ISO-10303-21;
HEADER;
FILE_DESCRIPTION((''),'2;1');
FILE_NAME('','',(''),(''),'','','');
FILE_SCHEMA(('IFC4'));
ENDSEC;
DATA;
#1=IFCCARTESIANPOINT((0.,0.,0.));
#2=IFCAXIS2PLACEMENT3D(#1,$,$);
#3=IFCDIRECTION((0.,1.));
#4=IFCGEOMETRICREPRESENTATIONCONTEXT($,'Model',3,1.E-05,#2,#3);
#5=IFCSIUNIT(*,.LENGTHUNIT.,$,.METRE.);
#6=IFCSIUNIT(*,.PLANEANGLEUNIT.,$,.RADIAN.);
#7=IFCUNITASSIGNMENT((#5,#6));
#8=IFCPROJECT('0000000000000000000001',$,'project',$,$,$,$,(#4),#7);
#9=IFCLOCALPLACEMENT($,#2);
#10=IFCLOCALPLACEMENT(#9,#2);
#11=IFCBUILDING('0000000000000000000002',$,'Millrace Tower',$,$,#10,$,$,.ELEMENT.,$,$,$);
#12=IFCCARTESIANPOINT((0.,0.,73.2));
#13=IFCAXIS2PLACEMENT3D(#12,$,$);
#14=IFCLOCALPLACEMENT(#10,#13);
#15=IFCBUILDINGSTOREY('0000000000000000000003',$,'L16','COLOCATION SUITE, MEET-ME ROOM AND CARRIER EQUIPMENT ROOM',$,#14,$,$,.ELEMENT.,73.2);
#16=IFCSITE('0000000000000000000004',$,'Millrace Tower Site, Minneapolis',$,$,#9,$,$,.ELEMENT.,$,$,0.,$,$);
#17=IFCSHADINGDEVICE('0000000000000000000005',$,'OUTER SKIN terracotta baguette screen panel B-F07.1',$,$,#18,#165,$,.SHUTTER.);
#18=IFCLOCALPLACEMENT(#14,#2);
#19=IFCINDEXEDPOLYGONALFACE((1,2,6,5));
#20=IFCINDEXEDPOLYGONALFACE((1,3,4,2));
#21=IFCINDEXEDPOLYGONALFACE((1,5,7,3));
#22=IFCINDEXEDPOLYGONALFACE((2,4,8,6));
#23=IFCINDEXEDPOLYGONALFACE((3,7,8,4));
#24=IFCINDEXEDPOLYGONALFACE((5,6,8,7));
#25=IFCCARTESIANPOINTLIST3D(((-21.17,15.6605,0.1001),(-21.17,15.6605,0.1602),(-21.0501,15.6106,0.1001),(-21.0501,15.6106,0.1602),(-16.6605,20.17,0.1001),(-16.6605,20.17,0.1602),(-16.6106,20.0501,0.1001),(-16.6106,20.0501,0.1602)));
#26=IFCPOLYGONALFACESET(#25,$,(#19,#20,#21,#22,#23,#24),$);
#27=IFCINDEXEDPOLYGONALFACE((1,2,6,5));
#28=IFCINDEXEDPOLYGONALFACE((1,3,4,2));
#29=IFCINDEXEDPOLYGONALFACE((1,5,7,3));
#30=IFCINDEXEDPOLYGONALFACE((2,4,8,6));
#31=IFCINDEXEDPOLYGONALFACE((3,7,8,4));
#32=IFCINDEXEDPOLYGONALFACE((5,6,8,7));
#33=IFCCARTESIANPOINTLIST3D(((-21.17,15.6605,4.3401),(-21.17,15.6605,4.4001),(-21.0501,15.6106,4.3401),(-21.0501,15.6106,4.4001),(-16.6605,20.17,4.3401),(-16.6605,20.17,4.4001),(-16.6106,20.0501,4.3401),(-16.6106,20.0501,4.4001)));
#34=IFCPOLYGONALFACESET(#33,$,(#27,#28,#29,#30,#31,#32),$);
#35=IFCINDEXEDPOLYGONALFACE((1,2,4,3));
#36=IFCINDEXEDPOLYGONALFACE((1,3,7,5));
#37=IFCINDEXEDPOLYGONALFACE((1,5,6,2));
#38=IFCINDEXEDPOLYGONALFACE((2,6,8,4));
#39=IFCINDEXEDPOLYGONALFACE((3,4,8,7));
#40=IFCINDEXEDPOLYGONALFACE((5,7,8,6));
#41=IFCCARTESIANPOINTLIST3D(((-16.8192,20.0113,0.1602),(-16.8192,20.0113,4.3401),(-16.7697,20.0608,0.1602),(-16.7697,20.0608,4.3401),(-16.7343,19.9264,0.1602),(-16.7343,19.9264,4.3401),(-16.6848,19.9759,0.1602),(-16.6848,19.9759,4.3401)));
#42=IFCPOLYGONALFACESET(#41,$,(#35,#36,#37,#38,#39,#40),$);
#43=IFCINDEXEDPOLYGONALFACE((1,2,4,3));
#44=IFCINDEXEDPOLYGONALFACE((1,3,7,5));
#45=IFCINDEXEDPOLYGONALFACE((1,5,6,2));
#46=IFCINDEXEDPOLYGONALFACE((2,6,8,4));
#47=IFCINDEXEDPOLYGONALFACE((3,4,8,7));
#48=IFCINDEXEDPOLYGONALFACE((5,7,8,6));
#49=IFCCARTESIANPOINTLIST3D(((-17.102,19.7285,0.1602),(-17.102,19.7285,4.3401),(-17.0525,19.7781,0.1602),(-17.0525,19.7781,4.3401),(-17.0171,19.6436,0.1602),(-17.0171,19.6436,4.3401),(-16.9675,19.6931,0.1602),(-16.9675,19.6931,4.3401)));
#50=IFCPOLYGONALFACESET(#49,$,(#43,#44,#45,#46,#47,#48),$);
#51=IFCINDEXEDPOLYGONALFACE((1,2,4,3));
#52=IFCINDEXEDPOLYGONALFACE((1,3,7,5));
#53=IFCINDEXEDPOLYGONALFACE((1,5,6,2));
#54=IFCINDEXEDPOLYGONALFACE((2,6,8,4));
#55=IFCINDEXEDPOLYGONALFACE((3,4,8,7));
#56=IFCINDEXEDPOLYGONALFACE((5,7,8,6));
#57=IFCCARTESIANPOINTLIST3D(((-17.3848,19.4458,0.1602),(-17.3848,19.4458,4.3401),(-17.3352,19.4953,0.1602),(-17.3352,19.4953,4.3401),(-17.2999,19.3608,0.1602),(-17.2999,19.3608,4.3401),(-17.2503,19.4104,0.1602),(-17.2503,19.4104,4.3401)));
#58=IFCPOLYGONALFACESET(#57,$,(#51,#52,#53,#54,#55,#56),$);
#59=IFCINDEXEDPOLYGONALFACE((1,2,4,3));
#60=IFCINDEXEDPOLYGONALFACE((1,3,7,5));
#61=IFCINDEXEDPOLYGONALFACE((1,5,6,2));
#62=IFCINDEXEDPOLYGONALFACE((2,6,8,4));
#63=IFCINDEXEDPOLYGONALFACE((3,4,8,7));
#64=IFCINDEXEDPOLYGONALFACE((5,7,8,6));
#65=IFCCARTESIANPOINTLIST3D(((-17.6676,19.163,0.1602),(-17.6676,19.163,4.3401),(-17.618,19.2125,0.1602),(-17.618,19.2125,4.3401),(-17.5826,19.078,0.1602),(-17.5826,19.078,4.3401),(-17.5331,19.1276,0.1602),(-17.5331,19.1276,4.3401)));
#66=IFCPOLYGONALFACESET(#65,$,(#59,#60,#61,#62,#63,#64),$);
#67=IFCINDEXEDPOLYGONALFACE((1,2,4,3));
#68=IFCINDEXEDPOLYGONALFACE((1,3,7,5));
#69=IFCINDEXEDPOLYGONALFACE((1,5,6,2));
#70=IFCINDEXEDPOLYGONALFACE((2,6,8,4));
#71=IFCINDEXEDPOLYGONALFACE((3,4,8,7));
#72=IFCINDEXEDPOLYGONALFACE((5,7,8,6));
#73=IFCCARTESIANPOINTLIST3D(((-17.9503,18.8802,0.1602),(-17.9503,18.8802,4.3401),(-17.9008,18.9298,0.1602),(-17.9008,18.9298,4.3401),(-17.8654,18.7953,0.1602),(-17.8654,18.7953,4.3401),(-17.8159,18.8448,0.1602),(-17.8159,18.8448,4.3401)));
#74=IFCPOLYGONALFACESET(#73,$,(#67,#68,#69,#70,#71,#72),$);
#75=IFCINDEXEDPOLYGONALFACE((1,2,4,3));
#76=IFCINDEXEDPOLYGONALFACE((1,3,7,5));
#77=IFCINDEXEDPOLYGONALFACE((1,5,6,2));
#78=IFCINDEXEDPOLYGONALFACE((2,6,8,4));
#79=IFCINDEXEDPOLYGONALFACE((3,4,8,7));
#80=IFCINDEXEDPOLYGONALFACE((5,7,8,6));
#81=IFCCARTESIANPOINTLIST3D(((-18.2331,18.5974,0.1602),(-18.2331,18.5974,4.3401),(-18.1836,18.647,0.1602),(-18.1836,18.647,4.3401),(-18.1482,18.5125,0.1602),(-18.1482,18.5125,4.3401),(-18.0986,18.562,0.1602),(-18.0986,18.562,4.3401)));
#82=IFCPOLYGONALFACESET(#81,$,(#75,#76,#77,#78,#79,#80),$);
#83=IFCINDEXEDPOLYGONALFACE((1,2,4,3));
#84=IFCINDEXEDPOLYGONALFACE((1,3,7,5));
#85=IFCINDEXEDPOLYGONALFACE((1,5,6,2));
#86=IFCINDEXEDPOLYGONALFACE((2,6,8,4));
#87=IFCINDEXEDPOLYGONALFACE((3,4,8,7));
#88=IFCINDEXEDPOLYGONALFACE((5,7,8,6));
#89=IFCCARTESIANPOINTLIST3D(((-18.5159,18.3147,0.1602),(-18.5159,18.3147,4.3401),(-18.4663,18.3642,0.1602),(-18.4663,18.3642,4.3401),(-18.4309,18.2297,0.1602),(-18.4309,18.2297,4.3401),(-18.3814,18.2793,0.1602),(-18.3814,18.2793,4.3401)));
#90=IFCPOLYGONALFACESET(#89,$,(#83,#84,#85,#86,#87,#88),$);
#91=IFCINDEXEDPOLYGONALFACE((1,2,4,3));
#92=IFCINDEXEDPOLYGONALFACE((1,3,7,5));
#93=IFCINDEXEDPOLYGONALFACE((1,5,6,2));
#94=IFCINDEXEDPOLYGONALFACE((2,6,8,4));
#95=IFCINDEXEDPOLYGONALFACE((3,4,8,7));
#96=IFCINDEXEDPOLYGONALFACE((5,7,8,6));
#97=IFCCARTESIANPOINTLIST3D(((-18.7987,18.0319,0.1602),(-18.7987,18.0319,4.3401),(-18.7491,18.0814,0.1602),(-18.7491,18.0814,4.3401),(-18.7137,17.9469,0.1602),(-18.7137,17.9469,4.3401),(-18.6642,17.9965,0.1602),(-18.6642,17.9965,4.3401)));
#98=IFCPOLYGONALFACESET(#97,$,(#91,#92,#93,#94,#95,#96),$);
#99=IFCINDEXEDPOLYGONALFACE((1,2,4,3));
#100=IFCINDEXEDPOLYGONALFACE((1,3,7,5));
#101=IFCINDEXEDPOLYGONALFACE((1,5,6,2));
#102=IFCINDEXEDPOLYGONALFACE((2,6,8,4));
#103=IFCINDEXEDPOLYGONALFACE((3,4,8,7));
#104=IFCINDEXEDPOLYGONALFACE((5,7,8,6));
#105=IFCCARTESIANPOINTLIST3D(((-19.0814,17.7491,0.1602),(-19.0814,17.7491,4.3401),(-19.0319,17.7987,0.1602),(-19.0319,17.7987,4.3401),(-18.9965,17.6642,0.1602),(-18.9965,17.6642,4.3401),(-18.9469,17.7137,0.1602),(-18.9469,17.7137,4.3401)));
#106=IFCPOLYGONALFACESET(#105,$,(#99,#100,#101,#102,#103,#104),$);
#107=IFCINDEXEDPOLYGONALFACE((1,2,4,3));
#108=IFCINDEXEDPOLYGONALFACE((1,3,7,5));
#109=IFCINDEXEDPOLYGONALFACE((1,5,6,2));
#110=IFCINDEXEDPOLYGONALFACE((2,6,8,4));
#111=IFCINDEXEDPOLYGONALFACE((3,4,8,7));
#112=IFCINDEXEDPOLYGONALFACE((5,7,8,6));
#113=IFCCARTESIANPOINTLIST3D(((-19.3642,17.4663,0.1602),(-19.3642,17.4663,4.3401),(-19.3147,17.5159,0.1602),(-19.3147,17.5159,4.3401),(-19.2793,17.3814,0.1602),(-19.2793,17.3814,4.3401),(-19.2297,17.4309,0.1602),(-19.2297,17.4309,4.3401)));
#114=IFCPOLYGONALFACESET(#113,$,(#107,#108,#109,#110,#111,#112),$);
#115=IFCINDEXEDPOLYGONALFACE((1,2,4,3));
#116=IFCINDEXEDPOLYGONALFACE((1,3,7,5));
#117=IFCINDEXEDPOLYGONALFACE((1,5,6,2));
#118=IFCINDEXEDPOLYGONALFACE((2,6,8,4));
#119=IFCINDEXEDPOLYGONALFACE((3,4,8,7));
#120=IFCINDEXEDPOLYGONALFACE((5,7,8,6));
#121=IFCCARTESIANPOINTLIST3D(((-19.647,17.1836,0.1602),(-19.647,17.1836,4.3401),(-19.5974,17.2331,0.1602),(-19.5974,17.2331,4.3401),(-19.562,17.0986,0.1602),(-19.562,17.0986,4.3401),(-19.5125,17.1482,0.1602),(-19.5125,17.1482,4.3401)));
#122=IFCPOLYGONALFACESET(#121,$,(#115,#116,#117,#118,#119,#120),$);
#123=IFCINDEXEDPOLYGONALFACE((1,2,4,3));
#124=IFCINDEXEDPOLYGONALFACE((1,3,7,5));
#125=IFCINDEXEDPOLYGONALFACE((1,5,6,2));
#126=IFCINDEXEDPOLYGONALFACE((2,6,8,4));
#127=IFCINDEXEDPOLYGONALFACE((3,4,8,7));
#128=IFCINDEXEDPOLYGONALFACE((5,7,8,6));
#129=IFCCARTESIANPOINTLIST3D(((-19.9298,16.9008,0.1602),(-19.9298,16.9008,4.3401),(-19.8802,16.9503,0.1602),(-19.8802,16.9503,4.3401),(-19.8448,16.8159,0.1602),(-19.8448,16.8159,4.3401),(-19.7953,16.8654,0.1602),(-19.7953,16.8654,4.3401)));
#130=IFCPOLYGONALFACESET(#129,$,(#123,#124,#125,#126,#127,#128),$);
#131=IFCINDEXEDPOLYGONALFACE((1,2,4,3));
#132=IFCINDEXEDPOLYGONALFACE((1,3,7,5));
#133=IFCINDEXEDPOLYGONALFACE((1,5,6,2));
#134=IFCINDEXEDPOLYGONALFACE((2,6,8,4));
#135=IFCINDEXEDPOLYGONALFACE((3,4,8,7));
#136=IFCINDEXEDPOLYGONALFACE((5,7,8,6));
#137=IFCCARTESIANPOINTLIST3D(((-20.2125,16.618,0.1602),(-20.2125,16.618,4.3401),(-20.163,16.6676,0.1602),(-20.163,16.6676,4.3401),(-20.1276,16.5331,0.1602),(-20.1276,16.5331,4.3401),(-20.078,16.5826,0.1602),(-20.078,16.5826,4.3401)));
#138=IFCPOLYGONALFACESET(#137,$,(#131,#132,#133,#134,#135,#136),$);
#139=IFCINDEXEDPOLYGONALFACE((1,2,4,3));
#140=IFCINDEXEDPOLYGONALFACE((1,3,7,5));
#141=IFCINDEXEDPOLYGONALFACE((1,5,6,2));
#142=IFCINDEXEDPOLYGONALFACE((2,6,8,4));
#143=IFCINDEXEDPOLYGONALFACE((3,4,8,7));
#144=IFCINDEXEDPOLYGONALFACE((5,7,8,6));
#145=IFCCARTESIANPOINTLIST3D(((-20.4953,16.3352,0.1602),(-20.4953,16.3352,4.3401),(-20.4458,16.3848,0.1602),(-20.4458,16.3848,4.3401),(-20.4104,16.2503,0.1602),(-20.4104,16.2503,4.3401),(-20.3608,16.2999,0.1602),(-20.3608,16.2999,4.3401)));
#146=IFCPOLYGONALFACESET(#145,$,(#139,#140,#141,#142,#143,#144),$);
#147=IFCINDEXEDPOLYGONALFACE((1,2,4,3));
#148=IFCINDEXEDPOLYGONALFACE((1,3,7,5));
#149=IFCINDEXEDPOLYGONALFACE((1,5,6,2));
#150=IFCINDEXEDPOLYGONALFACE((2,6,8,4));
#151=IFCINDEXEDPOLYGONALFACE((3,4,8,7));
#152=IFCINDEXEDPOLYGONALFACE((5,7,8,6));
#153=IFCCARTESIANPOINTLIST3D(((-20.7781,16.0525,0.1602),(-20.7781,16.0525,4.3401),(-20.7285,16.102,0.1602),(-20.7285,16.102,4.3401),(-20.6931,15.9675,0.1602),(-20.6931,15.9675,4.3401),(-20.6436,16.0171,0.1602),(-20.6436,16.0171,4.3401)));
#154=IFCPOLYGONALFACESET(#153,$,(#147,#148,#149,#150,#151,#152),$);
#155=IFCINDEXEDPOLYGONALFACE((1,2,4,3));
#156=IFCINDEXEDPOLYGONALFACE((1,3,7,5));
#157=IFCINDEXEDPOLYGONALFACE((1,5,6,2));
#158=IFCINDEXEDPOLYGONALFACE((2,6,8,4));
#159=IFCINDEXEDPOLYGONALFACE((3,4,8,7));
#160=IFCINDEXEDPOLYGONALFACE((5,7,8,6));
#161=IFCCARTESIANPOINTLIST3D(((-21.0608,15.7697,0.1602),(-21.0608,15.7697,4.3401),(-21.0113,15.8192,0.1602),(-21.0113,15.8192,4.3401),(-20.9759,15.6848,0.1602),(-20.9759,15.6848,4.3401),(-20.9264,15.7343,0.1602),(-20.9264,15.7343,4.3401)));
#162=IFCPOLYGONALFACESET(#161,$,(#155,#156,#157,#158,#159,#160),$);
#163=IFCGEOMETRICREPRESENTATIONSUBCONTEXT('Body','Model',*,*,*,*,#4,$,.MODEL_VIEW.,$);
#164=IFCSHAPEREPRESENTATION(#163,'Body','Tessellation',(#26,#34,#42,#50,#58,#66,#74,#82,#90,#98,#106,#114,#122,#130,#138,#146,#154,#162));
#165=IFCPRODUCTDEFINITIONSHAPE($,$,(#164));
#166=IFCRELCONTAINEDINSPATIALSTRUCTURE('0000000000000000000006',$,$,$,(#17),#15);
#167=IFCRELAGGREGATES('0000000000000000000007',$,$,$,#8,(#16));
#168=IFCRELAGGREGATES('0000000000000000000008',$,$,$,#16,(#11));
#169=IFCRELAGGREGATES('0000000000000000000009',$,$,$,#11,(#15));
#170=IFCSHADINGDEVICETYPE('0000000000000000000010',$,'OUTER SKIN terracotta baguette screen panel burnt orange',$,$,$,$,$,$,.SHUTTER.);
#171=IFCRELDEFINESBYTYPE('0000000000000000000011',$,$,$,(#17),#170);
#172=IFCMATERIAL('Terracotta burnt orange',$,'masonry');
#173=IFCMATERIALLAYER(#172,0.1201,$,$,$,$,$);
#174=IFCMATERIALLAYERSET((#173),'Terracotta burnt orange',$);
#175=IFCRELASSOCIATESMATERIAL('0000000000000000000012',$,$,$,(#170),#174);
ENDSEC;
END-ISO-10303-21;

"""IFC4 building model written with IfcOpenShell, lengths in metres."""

from ifc_helpers import new_model, entity, si_unit, direction, frame, frame_2d, origin, place, context, subcontext, project, spatial, rectangle, extrude, source, transform, mapped, material, layer, layer_set, type_object, element, save


model = new_model("IFC4")

# Units and contexts
model_context = context("Model", 3, precision=1e-05, world=origin(), true_north=direction((0.0, 1.0)))
body_context = subcontext(model_context, "Body", "Model", "MODEL_VIEW")
ifc_project = project(units=[si_unit("LENGTHUNIT", "METRE"), si_unit("PLANEANGLEUNIT", "RADIAN")], contexts=[model_context])

# Site, building, storey
site_placement = place(None, origin())
site = spatial("IfcSite", under=ifc_project, at=site_placement, Name="Millrace Tower Site, Minneapolis", CompositionType="ELEMENT", RefElevation=0.0)
building_placement = place(site_placement, origin())
building = spatial("IfcBuilding", under=site, at=building_placement, Name="Millrace Tower", CompositionType="ELEMENT")
storey_placement = place(building_placement, frame((0.0, 0.0, 73.2)))
storey = spatial("IfcBuildingStorey", under=building, at=storey_placement, Name="L16", Description="COLOCATION SUITE, MEET-ME ROOM AND CARRIER EQUIPMENT ROOM", CompositionType="ELEMENT", Elevation=73.2)

# Shading device
ifc_material_1 = material(Name="Terracotta burnt orange", Category="masonry")
ifc_layer_1 = layer(ifc_material_1, 0.1201)
ifc_layer_set_1 = layer_set([ifc_layer_1], Name="Terracotta burnt orange")
shading_device_type = type_object("IfcShadingDeviceType", Name="OUTER SKIN terracotta baguette screen panel burnt orange", PredefinedType="SHUTTER", material=ifc_layer_set_1)
cartesian_point_1 = entity("IfcCartesianPoint", [-3.1392, 0.0601])
shared_polyline_1 = entity("IfcPolyline", [cartesian_point_1, entity("IfcCartesianPoint", [3.1392, 0.0601]), entity("IfcCartesianPoint", [3.1887, -0.0601]), entity("IfcCartesianPoint", [-3.1887, -0.0601]), cartesian_point_1])
shared_shape_1 = source(origin(), body_context, "Body", "SweptSolid", [
    entity("IfcExtrudedAreaSolid", entity("IfcArbitraryClosedProfileDef", "AREA", None, shared_polyline_1), entity("IfcAxis2Placement3D", entity("IfcCartesianPoint", [0.0, 0.0, 0.0])), entity("IfcDirection", [0.0, 0.0, 1.0]), 0.0601),
    entity("IfcExtrudedAreaSolid", entity("IfcArbitraryClosedProfileDef", "AREA", None, shared_polyline_1), entity("IfcAxis2Placement3D", entity("IfcCartesianPoint", [0.0, 0.0, 4.24])), entity("IfcDirection", [0.0, 0.0, 1.0]), 0.0601),
    extrude(rectangle(XDim=0.0701, YDim=0.1201, at=frame_2d((-2.9993, 0.0))), frame((0.0, 0.0, 0.0601)), (0.0, 0.0, 1.0), 4.1799),
    extrude(rectangle(XDim=0.0701, YDim=0.1201, at=frame_2d((-2.5994, 0.0))), frame((0.0, 0.0, 0.0601)), (0.0, 0.0, 1.0), 4.1799),
    extrude(rectangle(XDim=0.0701, YDim=0.1201, at=frame_2d((-2.1995, 0.0))), frame((0.0, 0.0, 0.0601)), (0.0, 0.0, 1.0), 4.1799),
    extrude(rectangle(XDim=0.0701, YDim=0.1201, at=frame_2d((-1.7996, 0.0))), frame((0.0, 0.0, 0.0601)), (0.0, 0.0, 1.0), 4.1799),
    extrude(rectangle(XDim=0.0701, YDim=0.1201, at=frame_2d((-1.3997, 0.0))), frame((0.0, 0.0, 0.0601)), (0.0, 0.0, 1.0), 4.1799),
    extrude(rectangle(XDim=0.0701, YDim=0.1201, at=frame_2d((-0.9998, 0.0))), frame((0.0, 0.0, 0.0601)), (0.0, 0.0, 1.0), 4.1799),
    extrude(rectangle(XDim=0.0701, YDim=0.1201, at=frame_2d((-0.5999, 0.0))), frame((0.0, 0.0, 0.0601)), (0.0, 0.0, 1.0), 4.1799),
    extrude(rectangle(XDim=0.0701, YDim=0.1201, at=frame_2d((-0.2, 0.0))), frame((0.0, 0.0, 0.0601)), (0.0, 0.0, 1.0), 4.1799),
    extrude(rectangle(XDim=0.0701, YDim=0.1201, at=frame_2d((0.2, 0.0))), frame((0.0, 0.0, 0.0601)), (0.0, 0.0, 1.0), 4.1799),
    extrude(rectangle(XDim=0.0701, YDim=0.1201, at=frame_2d((0.5999, 0.0))), frame((0.0, 0.0, 0.0601)), (0.0, 0.0, 1.0), 4.1799),
    extrude(rectangle(XDim=0.0701, YDim=0.1201, at=frame_2d((0.9998, 0.0))), frame((0.0, 0.0, 0.0601)), (0.0, 0.0, 1.0), 4.1799),
    extrude(rectangle(XDim=0.0701, YDim=0.1201, at=frame_2d((1.3997, 0.0))), frame((0.0, 0.0, 0.0601)), (0.0, 0.0, 1.0), 4.1799),
    extrude(rectangle(XDim=0.0701, YDim=0.1201, at=frame_2d((1.7996, 0.0))), frame((0.0, 0.0, 0.0601)), (0.0, 0.0, 1.0), 4.1799),
    extrude(rectangle(XDim=0.0701, YDim=0.1201, at=frame_2d((2.1995, 0.0))), frame((0.0, 0.0, 0.0601)), (0.0, 0.0, 1.0), 4.1799),
    extrude(rectangle(XDim=0.0701, YDim=0.1201, at=frame_2d((2.5994, 0.0))), frame((0.0, 0.0, 0.0601)), (0.0, 0.0, 1.0), 4.1799),
    extrude(rectangle(XDim=0.0701, YDim=0.1201, at=frame_2d((2.9993, 0.0))), frame((0.0, 0.0, 0.0601)), (0.0, 0.0, 1.0), 4.1799),
])
shading_device_1_placement = place(storey_placement, frame((-18.8728, 17.8728, 0.1001), z_axis=(0.0, 0.0, 1.0), x_axis=(-0.707107, -0.707107, 0.0)))
element("IfcShadingDevice", 1, at=shading_device_1_placement, inside=storey, type_object=shading_device_type, Name="OUTER SKIN terracotta baguette screen panel B-F07.1", PredefinedType="SHUTTER", context=body_context, shape_type="MappedRepresentation", body=[
    mapped(shared_shape_1, transform((0.0, 0.0, 0.0), scale=1.0)),
])

save(model, "model.ifc")
